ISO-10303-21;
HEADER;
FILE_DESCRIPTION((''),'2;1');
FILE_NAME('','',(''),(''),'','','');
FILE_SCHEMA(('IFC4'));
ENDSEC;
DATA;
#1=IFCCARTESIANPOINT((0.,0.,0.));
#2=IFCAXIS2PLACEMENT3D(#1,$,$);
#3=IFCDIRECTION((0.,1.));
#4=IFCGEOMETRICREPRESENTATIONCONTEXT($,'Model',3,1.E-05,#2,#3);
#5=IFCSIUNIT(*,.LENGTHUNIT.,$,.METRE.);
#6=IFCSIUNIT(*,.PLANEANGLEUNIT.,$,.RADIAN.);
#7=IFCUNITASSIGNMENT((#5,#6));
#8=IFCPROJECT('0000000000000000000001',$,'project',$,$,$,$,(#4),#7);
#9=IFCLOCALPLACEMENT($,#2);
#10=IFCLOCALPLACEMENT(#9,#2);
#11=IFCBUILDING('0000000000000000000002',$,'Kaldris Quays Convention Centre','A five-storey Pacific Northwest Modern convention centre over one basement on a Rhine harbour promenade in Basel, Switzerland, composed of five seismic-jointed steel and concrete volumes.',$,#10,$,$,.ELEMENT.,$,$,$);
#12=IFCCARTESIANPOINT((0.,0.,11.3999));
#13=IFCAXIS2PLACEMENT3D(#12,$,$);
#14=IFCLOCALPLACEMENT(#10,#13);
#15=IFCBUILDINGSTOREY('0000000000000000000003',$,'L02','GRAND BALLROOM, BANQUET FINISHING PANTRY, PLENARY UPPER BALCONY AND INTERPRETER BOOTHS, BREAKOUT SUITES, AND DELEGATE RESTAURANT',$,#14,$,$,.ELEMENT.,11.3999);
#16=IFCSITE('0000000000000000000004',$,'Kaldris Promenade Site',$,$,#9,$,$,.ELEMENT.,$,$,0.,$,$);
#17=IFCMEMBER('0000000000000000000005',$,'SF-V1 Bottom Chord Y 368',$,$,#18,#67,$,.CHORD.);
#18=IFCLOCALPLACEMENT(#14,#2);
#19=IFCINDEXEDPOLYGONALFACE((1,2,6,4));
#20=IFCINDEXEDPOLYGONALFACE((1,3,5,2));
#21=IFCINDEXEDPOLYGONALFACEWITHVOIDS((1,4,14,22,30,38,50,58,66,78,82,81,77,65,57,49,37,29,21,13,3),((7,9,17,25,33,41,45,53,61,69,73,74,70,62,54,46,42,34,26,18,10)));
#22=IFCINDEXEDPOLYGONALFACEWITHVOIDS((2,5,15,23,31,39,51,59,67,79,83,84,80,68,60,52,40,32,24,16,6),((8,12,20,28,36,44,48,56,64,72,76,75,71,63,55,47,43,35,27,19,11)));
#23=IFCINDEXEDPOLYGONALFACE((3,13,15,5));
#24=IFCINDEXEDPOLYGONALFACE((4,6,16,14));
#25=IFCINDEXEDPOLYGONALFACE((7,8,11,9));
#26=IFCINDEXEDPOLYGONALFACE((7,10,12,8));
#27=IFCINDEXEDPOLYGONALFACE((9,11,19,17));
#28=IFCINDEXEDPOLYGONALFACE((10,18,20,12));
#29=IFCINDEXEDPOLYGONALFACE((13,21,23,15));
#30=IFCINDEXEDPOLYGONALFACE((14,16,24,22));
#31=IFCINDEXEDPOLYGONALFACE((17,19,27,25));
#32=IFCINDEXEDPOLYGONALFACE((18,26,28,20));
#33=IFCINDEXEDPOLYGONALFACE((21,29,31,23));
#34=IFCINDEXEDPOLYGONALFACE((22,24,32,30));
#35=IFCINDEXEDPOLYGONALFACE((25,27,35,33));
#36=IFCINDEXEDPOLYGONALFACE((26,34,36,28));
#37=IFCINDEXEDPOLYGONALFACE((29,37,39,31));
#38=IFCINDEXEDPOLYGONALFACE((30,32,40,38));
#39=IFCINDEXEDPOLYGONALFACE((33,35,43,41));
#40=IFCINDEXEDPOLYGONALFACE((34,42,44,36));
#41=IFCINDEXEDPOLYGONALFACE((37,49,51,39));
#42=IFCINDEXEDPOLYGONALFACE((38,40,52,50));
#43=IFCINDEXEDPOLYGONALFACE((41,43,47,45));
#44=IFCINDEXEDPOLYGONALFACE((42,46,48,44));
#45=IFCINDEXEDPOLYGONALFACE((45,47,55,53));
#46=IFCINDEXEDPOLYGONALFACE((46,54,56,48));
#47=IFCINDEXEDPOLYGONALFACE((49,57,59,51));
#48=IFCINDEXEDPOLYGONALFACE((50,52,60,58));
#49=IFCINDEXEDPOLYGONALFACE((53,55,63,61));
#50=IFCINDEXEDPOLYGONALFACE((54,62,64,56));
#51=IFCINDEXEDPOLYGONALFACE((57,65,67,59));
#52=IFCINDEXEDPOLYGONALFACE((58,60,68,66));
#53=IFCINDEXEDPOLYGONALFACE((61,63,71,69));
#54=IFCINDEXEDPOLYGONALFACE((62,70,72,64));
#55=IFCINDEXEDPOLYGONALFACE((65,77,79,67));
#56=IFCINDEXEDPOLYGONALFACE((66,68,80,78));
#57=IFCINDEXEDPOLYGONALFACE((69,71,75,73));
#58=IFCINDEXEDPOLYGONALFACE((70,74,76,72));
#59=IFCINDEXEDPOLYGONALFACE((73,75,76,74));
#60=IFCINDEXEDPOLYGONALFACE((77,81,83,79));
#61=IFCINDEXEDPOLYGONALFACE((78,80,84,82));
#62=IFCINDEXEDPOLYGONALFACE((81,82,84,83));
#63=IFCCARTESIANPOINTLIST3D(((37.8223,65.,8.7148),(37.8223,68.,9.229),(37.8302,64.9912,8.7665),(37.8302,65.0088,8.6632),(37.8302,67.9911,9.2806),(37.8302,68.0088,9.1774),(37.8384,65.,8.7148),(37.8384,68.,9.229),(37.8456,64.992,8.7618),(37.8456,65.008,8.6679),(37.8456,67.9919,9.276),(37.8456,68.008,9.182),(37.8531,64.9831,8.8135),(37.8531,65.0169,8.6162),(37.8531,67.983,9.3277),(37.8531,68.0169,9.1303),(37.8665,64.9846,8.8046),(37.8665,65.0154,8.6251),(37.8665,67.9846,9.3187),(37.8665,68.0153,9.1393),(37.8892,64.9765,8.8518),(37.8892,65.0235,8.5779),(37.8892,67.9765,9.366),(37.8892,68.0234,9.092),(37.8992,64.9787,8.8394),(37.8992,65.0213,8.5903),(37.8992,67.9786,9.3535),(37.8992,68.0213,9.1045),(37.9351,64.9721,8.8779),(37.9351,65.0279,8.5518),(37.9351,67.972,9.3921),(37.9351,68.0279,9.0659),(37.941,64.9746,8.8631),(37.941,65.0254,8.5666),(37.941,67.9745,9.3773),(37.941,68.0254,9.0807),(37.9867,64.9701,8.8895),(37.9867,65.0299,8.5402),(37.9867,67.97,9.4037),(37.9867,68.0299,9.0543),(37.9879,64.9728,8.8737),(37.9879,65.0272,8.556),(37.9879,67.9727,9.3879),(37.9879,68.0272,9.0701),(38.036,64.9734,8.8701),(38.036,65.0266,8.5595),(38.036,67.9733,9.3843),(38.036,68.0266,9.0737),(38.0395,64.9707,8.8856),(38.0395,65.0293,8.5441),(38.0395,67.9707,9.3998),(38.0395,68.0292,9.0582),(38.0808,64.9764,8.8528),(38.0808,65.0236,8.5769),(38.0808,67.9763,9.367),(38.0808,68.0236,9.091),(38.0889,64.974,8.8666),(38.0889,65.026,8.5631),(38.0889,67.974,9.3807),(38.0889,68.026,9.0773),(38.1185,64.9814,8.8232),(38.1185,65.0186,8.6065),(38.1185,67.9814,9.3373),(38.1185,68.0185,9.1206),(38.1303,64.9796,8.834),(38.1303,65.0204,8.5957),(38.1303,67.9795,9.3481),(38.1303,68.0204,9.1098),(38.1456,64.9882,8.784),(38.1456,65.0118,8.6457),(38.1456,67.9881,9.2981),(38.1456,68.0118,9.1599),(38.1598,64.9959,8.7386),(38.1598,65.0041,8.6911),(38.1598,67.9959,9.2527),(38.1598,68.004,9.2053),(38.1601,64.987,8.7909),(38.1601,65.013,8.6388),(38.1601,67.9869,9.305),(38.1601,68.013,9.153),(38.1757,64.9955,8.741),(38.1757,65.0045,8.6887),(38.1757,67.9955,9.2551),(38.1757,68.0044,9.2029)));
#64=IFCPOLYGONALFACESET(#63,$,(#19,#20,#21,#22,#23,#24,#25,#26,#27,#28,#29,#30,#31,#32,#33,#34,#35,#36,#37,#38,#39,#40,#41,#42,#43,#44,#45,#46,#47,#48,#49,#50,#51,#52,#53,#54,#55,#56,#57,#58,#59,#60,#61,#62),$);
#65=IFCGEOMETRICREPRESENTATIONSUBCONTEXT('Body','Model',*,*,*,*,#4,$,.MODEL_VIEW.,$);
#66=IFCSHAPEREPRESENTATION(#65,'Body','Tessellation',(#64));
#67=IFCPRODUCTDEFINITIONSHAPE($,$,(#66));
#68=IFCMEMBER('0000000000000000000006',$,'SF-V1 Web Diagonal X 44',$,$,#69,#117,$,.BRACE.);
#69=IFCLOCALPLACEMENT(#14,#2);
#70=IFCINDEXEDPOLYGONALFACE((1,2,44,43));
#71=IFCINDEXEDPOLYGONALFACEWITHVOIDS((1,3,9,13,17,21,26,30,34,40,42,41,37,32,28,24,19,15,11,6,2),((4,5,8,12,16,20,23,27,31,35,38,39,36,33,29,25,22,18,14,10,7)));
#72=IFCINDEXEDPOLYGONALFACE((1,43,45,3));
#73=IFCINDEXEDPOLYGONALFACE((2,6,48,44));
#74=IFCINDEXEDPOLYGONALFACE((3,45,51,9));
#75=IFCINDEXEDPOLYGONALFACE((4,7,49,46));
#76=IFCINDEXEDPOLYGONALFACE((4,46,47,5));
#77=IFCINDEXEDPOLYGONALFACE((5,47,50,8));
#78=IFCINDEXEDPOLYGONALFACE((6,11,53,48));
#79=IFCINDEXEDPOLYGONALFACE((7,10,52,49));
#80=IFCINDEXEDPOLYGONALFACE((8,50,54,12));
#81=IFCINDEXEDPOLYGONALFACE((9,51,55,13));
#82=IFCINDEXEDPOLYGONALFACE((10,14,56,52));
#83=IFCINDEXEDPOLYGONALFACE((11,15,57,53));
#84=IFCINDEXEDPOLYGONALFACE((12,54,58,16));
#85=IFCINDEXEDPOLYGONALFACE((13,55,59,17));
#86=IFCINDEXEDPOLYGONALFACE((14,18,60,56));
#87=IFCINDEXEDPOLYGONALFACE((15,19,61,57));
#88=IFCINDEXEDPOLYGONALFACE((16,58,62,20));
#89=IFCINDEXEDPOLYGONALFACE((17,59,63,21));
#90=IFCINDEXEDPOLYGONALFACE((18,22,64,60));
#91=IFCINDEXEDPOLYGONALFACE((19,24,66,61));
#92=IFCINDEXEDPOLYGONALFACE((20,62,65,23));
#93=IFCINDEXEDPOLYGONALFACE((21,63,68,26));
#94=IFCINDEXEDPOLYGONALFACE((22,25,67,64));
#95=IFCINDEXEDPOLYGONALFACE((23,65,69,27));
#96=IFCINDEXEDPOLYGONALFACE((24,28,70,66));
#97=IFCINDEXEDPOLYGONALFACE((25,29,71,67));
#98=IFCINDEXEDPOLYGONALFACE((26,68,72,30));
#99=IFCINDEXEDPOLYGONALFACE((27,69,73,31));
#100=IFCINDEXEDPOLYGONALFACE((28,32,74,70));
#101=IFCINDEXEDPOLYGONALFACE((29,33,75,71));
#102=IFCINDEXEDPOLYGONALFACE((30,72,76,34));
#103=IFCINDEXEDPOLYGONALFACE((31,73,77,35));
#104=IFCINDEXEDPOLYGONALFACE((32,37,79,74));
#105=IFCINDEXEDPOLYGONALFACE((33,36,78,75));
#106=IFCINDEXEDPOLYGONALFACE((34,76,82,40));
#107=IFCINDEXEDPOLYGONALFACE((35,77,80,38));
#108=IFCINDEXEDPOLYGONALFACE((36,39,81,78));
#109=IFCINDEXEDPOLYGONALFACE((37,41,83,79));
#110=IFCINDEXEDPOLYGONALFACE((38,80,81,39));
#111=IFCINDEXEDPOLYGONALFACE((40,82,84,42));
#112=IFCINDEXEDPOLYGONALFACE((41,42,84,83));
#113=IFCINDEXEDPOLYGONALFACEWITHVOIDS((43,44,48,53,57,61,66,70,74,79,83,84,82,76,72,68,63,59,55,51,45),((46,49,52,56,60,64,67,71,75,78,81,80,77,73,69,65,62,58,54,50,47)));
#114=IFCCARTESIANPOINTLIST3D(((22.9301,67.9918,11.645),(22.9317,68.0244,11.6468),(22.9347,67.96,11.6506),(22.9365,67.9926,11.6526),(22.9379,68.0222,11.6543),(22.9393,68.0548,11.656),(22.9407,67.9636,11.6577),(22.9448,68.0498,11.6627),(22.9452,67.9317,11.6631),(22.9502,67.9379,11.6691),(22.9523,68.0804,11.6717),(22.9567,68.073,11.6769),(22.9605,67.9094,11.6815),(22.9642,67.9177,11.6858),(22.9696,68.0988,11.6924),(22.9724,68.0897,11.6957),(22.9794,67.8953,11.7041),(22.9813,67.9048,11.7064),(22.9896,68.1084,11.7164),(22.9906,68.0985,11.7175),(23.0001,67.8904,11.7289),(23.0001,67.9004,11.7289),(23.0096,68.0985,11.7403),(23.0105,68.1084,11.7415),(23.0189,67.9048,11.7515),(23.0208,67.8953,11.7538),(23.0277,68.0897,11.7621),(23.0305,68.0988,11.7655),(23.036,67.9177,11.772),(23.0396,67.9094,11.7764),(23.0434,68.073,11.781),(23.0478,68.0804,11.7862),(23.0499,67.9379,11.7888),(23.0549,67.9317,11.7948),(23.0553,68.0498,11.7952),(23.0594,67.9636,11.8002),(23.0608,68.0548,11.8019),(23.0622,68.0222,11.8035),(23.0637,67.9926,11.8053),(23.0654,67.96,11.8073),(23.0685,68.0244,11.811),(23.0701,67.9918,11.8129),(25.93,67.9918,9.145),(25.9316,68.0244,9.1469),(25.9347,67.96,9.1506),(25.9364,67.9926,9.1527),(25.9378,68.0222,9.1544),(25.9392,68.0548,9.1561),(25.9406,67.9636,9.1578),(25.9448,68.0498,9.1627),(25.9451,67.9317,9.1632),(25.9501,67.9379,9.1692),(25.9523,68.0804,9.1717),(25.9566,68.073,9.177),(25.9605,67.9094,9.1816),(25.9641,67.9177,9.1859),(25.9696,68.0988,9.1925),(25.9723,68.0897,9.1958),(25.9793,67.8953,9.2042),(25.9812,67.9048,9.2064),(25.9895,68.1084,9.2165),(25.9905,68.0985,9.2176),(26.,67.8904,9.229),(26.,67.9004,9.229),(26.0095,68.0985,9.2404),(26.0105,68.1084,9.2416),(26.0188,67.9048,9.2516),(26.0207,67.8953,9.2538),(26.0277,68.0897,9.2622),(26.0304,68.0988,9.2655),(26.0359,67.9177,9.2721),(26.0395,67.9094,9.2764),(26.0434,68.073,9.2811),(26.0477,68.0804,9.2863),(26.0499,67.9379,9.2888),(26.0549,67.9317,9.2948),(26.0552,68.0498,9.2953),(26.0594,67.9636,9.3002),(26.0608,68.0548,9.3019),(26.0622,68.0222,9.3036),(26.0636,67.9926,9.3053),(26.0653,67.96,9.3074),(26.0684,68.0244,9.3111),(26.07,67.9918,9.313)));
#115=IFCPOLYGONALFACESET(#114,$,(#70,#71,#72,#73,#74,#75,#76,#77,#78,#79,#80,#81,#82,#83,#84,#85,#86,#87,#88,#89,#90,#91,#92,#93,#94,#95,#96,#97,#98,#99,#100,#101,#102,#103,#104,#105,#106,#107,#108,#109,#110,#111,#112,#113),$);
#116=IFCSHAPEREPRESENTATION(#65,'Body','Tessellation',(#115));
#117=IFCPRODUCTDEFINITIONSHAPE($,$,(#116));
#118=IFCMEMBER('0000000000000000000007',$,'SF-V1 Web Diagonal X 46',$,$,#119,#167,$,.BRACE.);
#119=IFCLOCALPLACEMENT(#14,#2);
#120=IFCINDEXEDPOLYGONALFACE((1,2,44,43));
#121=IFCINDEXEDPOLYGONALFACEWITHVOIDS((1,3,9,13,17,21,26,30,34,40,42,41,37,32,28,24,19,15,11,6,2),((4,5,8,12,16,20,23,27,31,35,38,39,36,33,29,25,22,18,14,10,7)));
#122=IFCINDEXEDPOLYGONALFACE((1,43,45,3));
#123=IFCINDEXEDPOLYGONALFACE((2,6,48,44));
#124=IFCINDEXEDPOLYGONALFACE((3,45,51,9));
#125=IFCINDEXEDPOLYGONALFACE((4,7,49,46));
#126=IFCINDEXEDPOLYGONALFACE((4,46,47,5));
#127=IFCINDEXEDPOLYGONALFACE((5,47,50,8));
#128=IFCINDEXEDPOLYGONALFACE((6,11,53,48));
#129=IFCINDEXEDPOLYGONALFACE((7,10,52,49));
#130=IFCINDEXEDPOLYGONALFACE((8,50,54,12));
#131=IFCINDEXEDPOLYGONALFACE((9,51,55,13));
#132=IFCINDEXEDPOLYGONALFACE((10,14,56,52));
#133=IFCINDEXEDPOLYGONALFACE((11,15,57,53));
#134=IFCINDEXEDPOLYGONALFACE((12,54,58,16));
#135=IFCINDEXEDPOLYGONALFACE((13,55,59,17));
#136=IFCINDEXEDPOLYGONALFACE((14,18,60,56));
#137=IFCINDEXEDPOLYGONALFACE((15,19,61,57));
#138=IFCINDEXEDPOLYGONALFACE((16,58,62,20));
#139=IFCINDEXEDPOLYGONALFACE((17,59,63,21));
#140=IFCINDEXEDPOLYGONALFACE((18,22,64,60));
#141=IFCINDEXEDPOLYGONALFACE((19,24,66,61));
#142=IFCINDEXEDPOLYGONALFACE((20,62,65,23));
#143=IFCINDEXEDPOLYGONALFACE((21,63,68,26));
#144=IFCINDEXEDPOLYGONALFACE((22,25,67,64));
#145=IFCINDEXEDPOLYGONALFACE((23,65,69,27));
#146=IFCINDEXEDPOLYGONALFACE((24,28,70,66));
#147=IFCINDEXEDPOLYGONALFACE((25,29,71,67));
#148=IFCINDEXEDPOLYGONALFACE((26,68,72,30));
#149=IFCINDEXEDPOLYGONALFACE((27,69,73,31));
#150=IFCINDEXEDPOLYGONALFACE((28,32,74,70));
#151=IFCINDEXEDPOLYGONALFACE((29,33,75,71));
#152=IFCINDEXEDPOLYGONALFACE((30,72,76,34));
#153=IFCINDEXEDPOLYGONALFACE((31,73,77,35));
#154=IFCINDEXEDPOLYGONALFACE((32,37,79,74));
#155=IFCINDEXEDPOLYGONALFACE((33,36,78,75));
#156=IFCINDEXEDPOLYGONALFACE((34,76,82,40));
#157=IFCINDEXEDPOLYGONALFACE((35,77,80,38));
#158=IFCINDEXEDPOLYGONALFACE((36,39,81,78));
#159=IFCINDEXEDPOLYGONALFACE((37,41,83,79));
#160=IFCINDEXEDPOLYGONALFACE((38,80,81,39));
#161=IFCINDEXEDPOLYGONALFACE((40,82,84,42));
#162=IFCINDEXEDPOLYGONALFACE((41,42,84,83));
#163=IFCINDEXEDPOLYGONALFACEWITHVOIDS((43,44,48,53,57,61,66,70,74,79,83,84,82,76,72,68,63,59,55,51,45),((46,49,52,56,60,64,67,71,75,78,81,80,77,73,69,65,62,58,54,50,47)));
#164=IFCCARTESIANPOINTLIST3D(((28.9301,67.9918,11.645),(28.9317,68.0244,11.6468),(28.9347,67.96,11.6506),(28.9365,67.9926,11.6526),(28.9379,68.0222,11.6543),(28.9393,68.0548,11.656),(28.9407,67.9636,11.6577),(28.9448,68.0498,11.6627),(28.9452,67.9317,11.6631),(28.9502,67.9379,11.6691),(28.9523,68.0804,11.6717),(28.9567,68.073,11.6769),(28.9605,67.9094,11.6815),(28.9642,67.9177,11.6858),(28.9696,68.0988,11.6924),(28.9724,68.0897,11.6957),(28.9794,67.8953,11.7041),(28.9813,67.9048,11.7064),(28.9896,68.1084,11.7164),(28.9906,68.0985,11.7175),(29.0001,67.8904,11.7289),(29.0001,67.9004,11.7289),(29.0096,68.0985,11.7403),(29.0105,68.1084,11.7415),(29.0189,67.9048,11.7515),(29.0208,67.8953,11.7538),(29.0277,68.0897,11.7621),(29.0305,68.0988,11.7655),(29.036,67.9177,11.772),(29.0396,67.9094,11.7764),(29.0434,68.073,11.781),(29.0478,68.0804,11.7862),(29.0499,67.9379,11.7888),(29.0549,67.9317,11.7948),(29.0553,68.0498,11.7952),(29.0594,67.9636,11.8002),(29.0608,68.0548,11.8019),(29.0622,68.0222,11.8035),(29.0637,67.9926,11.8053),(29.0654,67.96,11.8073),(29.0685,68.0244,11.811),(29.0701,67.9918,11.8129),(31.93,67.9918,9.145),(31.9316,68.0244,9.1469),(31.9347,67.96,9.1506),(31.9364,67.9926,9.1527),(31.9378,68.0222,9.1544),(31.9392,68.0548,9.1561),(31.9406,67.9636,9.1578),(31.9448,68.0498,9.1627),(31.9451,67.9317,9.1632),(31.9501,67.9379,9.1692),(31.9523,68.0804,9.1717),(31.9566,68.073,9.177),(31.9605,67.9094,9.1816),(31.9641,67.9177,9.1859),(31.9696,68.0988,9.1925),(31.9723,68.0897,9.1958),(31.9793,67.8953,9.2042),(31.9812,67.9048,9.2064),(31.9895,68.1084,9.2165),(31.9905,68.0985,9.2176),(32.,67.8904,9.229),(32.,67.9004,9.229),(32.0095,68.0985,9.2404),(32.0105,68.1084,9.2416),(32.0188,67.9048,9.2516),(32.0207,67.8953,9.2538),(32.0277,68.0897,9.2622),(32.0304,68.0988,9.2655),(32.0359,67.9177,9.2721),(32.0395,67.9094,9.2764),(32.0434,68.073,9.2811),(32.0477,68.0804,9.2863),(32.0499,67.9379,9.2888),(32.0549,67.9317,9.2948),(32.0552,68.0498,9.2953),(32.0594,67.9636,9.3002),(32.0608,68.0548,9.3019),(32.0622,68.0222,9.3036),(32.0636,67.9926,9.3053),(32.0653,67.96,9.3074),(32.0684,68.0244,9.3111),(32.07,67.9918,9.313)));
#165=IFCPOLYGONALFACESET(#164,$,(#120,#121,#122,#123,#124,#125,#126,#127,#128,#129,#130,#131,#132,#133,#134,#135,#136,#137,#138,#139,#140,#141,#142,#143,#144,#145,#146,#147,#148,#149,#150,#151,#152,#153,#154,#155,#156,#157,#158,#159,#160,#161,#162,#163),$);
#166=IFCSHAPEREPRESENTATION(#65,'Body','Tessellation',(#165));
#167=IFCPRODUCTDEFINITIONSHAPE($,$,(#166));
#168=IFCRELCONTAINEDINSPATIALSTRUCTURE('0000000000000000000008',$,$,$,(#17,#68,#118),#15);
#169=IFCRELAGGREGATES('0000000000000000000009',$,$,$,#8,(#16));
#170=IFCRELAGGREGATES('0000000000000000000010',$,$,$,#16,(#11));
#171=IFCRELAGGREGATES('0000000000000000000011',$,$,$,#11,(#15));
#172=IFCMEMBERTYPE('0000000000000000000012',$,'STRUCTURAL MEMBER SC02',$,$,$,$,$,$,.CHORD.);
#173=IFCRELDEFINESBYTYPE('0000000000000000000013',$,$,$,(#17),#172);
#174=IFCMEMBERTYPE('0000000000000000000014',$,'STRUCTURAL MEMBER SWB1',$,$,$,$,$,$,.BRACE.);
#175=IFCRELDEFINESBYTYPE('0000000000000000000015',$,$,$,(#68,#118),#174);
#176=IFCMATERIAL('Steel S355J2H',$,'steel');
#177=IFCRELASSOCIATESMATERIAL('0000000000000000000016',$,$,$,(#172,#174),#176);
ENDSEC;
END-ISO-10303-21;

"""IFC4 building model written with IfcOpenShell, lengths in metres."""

from ifc_helpers import new_model, si_unit, direction, frame, origin, origin_2d, place, context, subcontext, project, spatial, hollow_circle, extrude, material, material_profile, profile_set, type_object, element, save


model = new_model("IFC4")

# Units and contexts
model_context = context("Model", 3, precision=1e-05, world=origin(), true_north=direction((0.0, 1.0)))
body_context = subcontext(model_context, "Body", "Model", "MODEL_VIEW")
ifc_project = project(units=[si_unit("LENGTHUNIT", "METRE"), si_unit("PLANEANGLEUNIT", "RADIAN")], contexts=[model_context])

# Site, building, storey
site_placement = place(None, origin())
site = spatial("IfcSite", under=ifc_project, at=site_placement, Name="Kaldris Promenade Site", CompositionType="ELEMENT", RefElevation=0.0)
building_placement = place(site_placement, origin())
building = spatial("IfcBuilding", under=site, at=building_placement, Name="Kaldris Quays Convention Centre", Description="A five-storey Pacific Northwest Modern convention centre over one basement on a Rhine harbour promenade in Basel, Switzerland, composed of five seismic-jointed steel and concrete volumes.", CompositionType="ELEMENT")
storey_placement = place(building_placement, frame((0.0, 0.0, 11.3999)))
storey = spatial("IfcBuildingStorey", under=building, at=storey_placement, Name="L02", Description="GRAND BALLROOM, BANQUET FINISHING PANTRY, PLENARY UPPER BALCONY AND INTERPRETER BOOTHS, BREAKOUT SUITES, AND DELEGATE RESTAURANT", CompositionType="ELEMENT", Elevation=11.3999)

# Members
ifc_material_1 = material(Name="Steel S355J2H", Category="steel")
ifc_material_profile_1 = material_profile(ifc_material_1, hollow_circle(Radius=0.1777, WallThickness=0.0161, at=origin_2d()), Name="CHS 355.6x16")
ifc_profile_set_1 = profile_set([ifc_material_profile_1], Name="Steel S355J2H")
member_type_1 = type_object("IfcMemberType", Name="STRUCTURAL MEMBER SC02", PredefinedType="CHORD", material=ifc_profile_set_1)
for number, where, z_axis, x_axis, name in (
    (1, (38.0, 65.0, 8.7148), (0.0, 0.985629, 0.168924), (-1.0, 0.0, 0.0), "SF-V1 Bottom Chord Y 368"),
):
    element("IfcMember", number, at=place(storey_placement, frame(where, z_axis=z_axis, x_axis=x_axis)), inside=storey, type_object=member_type_1, Name=name, PredefinedType="CHORD", context=body_context, shape_type="SweptSolid", body=[
        extrude(hollow_circle(Radius=0.1777, WallThickness=0.0161, at=origin_2d()), origin(), (0.0, 0.0, 1.0), 3.0437),
    ])
ifc_material_profile_2 = material_profile(ifc_material_1, hollow_circle(Radius=0.1096, WallThickness=0.01, at=origin_2d()), Name="CHS 219.1x10")
ifc_profile_set_2 = profile_set([ifc_material_profile_2], Name="Steel S355J2H")
member_type_2 = type_object("IfcMemberType", Name="STRUCTURAL MEMBER SWB1", PredefinedType="BRACE", material=ifc_profile_set_2)
for number, where, z_axis, x_axis, name in (
    (2, (26.0, 68.0, 9.229), (-0.768221, 0.0, 0.640184), (0.0, -1.0, 0.0), "SF-V1 Web Diagonal X 44"),
    (3, (32.0, 68.0, 9.229), (-0.768221, 0.0, 0.640184), (0.0, -1.0, 0.0), "SF-V1 Web Diagonal X 46"),
):
    element("IfcMember", number, at=place(storey_placement, frame(where, z_axis=z_axis, x_axis=x_axis)), inside=storey, type_object=member_type_2, Name=name, PredefinedType="BRACE", context=body_context, shape_type="SweptSolid", body=[
        extrude(hollow_circle(Radius=0.1096, WallThickness=0.01, at=origin_2d()), origin(), (0.0, 0.0, 1.0), 3.905),
    ])

save(model, "model.ifc")
